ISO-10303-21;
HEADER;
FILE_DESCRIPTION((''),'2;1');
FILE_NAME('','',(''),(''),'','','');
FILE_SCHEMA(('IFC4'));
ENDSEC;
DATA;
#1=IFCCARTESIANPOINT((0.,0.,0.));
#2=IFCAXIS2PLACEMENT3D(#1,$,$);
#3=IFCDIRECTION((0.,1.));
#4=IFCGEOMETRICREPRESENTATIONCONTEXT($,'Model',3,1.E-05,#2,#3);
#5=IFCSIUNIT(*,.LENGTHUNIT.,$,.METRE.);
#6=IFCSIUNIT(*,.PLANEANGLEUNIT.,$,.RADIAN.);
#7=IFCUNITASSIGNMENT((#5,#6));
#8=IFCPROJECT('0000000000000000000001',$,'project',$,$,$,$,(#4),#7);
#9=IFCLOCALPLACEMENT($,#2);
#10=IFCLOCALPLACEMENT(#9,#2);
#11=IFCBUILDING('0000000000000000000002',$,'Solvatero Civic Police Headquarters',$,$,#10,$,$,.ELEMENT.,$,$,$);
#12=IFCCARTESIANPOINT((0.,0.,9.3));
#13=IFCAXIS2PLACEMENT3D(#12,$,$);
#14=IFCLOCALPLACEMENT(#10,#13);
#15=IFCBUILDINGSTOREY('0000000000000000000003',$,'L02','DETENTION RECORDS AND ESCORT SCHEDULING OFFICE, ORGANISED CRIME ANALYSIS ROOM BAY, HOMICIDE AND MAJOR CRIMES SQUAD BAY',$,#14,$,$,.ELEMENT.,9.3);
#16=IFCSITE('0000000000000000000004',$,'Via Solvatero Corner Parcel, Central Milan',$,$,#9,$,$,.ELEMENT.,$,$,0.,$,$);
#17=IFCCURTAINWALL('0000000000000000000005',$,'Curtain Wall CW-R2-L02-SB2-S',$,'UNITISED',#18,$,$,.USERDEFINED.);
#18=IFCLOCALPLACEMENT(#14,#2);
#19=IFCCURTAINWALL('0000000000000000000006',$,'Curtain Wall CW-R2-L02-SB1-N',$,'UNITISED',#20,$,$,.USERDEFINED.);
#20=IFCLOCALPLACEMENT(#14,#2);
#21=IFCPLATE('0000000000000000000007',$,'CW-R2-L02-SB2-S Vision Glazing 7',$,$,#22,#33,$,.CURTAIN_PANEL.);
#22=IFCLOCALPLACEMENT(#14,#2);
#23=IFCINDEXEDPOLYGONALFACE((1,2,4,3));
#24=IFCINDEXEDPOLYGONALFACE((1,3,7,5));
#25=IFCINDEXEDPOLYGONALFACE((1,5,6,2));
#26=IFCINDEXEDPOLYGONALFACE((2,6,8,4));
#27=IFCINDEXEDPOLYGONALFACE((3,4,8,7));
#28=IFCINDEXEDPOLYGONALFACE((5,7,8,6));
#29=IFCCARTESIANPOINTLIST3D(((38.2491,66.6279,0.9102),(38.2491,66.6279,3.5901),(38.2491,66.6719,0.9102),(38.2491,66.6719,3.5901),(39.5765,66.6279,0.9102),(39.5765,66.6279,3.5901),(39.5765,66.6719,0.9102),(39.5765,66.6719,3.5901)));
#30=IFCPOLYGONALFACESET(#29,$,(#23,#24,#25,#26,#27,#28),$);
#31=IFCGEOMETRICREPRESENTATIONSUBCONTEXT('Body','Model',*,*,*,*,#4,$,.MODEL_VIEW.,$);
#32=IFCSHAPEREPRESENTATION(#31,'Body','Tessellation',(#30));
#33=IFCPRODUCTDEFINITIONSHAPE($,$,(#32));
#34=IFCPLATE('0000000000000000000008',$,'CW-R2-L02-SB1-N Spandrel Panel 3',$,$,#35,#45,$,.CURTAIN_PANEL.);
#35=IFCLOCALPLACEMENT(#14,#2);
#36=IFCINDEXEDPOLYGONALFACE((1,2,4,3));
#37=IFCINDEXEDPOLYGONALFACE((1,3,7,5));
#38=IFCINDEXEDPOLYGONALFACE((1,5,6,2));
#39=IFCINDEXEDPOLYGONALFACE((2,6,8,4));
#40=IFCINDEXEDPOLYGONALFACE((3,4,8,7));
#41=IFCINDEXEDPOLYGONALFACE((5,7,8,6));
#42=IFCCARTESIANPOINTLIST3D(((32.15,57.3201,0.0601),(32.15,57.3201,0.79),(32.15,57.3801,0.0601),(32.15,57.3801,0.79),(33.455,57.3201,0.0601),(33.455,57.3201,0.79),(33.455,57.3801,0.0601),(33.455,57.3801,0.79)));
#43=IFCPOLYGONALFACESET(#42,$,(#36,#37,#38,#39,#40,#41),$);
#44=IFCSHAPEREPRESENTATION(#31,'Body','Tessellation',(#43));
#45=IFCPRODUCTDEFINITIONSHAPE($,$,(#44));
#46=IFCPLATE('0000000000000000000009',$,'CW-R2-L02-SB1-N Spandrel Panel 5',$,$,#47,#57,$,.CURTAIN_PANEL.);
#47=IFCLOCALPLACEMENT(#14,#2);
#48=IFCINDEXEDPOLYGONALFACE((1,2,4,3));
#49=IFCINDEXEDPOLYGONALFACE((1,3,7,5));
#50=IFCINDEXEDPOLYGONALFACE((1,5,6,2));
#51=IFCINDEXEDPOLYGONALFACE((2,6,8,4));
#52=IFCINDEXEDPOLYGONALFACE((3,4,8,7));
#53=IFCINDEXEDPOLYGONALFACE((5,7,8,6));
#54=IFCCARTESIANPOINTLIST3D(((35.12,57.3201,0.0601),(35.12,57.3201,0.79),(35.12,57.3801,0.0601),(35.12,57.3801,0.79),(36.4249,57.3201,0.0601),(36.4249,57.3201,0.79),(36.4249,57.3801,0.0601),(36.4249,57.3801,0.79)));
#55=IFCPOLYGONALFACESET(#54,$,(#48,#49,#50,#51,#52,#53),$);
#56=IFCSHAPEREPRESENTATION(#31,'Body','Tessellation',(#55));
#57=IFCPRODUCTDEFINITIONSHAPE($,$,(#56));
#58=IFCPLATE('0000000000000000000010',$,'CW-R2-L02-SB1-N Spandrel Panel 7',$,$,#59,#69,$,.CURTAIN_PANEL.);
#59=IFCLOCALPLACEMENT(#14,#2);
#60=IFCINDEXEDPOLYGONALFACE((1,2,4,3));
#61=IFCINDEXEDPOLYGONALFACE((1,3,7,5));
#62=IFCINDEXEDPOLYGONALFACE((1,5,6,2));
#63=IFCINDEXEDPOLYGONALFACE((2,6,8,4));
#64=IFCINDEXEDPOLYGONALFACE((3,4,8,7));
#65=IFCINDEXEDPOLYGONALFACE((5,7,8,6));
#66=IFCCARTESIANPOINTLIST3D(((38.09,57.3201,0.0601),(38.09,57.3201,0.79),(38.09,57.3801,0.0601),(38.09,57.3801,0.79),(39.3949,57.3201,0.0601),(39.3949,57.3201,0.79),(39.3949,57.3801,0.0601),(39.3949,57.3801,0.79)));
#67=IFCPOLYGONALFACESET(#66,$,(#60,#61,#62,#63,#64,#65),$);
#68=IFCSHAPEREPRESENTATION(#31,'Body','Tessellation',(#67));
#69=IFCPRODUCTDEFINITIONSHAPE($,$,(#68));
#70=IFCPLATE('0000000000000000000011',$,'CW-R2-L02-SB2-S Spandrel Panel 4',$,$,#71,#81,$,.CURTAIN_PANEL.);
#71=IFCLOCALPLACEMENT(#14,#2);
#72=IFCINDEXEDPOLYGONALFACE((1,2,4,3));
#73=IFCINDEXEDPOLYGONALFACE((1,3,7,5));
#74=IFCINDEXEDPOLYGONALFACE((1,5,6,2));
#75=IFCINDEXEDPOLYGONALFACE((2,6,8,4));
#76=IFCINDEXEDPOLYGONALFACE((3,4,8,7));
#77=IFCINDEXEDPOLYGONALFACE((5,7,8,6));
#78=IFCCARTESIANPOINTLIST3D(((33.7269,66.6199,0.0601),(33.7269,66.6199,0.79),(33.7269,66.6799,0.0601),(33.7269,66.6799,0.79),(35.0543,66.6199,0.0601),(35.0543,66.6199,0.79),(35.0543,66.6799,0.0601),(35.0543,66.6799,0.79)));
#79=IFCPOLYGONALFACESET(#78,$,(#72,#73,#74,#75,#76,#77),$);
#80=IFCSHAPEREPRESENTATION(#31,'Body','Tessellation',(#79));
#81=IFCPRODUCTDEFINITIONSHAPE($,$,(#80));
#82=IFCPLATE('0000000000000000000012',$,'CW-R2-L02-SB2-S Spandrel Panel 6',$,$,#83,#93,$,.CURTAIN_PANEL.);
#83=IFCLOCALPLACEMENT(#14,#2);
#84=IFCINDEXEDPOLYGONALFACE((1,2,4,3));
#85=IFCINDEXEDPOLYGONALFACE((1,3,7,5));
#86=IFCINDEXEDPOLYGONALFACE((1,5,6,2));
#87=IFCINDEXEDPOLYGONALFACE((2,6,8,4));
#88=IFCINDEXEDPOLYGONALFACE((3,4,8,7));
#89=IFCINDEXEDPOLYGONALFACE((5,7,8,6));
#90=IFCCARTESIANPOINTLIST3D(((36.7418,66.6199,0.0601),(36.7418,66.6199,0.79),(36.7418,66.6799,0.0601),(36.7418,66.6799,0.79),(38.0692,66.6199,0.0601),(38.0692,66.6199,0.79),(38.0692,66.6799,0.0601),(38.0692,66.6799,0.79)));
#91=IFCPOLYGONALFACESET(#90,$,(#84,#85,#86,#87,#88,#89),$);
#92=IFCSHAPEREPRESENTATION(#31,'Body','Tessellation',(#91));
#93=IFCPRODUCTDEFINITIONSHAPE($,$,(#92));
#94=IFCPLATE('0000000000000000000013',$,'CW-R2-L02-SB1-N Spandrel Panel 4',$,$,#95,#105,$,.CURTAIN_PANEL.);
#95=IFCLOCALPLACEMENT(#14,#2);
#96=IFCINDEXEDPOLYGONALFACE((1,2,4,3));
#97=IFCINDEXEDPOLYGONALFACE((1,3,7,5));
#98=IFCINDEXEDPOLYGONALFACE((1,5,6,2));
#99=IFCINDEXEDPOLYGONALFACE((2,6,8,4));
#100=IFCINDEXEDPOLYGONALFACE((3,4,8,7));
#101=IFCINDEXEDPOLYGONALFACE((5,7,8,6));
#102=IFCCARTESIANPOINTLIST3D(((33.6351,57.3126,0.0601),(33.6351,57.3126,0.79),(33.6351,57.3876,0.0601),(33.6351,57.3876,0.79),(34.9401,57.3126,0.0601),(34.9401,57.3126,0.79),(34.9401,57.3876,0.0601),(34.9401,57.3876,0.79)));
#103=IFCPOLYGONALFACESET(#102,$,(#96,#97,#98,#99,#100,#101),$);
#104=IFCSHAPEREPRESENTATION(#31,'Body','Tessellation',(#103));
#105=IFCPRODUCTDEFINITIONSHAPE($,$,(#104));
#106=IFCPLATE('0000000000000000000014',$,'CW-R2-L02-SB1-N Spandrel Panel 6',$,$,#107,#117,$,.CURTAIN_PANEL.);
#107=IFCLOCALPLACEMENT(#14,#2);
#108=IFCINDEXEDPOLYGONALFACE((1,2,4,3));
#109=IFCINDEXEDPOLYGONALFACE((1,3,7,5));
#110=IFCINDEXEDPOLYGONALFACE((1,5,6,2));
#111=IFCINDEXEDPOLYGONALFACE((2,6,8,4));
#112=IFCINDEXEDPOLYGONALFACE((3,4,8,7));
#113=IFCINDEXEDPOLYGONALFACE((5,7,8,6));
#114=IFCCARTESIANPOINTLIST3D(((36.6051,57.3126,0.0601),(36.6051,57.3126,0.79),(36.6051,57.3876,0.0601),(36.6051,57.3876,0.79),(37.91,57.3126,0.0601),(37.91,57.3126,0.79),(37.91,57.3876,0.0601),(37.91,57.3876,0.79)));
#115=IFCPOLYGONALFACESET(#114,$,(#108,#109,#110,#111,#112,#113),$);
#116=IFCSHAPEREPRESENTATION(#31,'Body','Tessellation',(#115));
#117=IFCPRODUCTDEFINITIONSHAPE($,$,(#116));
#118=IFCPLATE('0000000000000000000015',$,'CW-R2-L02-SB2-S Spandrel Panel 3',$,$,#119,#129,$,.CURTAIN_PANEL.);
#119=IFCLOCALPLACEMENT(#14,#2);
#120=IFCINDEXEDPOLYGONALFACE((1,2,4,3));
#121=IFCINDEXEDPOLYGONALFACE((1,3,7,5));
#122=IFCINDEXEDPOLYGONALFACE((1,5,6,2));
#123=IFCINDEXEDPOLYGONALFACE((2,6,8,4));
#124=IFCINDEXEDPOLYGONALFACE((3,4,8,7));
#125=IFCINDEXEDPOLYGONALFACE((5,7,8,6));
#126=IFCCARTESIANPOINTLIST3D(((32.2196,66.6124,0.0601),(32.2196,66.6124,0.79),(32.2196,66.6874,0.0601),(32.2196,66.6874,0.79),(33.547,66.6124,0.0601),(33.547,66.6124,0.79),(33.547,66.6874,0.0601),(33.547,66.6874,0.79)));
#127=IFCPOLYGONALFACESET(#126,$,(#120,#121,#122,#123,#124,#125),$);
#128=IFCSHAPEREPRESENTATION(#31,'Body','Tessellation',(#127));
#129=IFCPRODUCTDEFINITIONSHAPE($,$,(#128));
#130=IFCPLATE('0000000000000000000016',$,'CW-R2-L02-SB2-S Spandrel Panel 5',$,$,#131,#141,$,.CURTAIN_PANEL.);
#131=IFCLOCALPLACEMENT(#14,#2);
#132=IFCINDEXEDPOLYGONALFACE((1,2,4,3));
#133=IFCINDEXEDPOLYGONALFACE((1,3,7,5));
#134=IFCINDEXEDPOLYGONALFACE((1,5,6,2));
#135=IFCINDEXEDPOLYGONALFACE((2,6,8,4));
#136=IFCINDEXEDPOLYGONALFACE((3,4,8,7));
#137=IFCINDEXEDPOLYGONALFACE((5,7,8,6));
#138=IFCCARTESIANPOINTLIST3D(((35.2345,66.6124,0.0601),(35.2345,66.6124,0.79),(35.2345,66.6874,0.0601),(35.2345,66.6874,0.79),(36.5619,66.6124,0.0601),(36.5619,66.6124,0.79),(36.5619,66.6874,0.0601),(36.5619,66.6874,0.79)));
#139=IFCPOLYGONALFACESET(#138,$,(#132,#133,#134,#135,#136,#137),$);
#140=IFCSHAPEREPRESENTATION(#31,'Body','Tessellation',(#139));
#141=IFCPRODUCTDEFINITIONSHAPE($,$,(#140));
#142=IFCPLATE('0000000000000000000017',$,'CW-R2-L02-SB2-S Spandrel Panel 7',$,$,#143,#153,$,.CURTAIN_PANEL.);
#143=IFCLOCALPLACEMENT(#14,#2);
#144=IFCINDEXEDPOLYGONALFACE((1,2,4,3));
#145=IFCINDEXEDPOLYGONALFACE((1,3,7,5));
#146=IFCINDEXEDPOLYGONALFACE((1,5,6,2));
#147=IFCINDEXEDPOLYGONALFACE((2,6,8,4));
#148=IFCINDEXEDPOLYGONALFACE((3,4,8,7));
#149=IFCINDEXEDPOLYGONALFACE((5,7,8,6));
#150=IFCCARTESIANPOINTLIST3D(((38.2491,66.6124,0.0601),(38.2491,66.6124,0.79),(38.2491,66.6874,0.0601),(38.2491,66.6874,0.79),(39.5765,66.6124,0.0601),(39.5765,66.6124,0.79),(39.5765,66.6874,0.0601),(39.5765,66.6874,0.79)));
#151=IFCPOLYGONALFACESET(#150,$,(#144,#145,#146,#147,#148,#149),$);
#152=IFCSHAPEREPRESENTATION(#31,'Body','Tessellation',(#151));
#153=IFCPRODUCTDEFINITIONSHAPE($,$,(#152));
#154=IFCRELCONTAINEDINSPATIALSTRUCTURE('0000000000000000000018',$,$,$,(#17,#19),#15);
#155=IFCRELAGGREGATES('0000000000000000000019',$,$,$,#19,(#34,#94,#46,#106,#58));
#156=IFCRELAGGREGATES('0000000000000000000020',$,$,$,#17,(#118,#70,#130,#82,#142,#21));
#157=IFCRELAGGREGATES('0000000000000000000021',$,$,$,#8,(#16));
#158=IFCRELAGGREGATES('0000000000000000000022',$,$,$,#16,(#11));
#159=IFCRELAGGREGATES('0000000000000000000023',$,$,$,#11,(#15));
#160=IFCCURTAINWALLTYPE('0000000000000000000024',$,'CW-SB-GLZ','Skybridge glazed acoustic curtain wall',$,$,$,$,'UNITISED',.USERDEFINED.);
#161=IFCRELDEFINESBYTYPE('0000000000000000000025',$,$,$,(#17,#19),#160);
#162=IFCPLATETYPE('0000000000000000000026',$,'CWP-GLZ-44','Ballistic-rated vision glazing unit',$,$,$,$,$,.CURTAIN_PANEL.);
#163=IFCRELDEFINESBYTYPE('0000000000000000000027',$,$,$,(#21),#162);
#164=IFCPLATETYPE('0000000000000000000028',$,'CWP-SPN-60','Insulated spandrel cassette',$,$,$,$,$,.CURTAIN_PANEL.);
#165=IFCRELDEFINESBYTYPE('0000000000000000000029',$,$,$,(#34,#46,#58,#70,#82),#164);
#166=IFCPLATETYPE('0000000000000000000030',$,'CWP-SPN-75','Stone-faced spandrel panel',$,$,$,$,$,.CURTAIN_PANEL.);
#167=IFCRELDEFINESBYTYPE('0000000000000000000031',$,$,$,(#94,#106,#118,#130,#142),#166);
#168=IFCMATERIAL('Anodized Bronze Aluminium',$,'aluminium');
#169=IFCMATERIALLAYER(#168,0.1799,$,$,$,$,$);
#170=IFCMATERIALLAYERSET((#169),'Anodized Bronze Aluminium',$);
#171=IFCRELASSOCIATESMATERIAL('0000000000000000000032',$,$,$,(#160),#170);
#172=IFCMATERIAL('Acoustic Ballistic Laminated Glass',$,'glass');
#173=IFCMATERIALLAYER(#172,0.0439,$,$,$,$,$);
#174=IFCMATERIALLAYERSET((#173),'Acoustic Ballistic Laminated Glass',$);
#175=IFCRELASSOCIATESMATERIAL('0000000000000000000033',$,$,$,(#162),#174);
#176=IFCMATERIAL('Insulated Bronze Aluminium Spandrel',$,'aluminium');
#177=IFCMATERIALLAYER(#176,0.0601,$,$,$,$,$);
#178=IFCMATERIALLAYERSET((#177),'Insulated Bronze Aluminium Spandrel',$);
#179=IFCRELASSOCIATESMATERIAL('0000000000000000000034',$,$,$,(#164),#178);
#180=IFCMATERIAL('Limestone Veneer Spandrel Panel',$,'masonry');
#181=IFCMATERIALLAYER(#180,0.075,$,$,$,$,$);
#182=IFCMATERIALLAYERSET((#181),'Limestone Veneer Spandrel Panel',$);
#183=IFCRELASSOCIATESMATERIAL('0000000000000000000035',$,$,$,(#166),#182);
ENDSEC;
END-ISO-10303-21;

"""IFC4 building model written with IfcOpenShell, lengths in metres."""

from ifc_helpers import new_model, si_unit, direction, frame, origin, origin_2d, place, context, subcontext, project, spatial, rectangle, extrude, material, layer, layer_set, type_object, element, aggregate, save


model = new_model("IFC4")

# Units and contexts
model_context = context("Model", 3, precision=1e-05, world=origin(), true_north=direction((0.0, 1.0)))
body_context = subcontext(model_context, "Body", "Model", "MODEL_VIEW")
ifc_project = project(units=[si_unit("LENGTHUNIT", "METRE"), si_unit("PLANEANGLEUNIT", "RADIAN")], contexts=[model_context])

# Site, building, storey
site_placement = place(None, origin())
site = spatial("IfcSite", under=ifc_project, at=site_placement, Name="Via Solvatero Corner Parcel, Central Milan", CompositionType="ELEMENT", RefElevation=0.0)
building_placement = place(site_placement, origin())
building = spatial("IfcBuilding", under=site, at=building_placement, Name="Solvatero Civic Police Headquarters", CompositionType="ELEMENT")
storey_placement = place(building_placement, frame((0.0, 0.0, 9.3)))
storey = spatial("IfcBuildingStorey", under=building, at=storey_placement, Name="L02", Description="DETENTION RECORDS AND ESCORT SCHEDULING OFFICE, ORGANISED CRIME ANALYSIS ROOM BAY, HOMICIDE AND MAJOR CRIMES SQUAD BAY", CompositionType="ELEMENT", Elevation=9.3)

# Curtain wall
ifc_material_1 = material(Name="Anodized Bronze Aluminium", Category="aluminium")
ifc_layer_1 = layer(ifc_material_1, 0.1799)
ifc_layer_set_1 = layer_set([ifc_layer_1], Name="Anodized Bronze Aluminium")
curtain_wall_type = type_object("IfcCurtainWallType", Name="CW-SB-GLZ", Description="Skybridge glazed acoustic curtain wall", ElementType="UNITISED", PredefinedType="USERDEFINED", material=ifc_layer_set_1)
curtain_wall_1_placement = place(storey_placement, origin())
curtain_wall_1 = element("IfcCurtainWall", 1, at=curtain_wall_1_placement, inside=storey, type_object=curtain_wall_type, Name="Curtain Wall CW-R2-L02-SB2-S", ObjectType="UNITISED", PredefinedType="USERDEFINED")

# Curtain wall
curtain_wall_2_placement = place(storey_placement, origin())
curtain_wall_2 = element("IfcCurtainWall", 2, at=curtain_wall_2_placement, inside=storey, type_object=curtain_wall_type, Name="Curtain Wall CW-R2-L02-SB1-N", ObjectType="UNITISED", PredefinedType="USERDEFINED")

# Plates
ifc_material_2 = material(Name="Acoustic Ballistic Laminated Glass", Category="glass")
ifc_layer_2 = layer(ifc_material_2, 0.0439)
ifc_layer_set_2 = layer_set([ifc_layer_2], Name="Acoustic Ballistic Laminated Glass")
plate_type_1 = type_object("IfcPlateType", Name="CWP-GLZ-44", Description="Ballistic-rated vision glazing unit", PredefinedType="CURTAIN_PANEL", material=ifc_layer_set_2)
plate_1_placement = place(storey_placement, frame((38.9128, 66.6499, 0.9102), z_axis=(0.0, 0.0, 1.0), x_axis=(1.0, 0.0, 0.0)))
plate_1 = element("IfcPlate", 3, at=plate_1_placement, type_object=plate_type_1, Name="CW-R2-L02-SB2-S Vision Glazing 7", PredefinedType="CURTAIN_PANEL", context=body_context, shape_type="SweptSolid", body=[
    extrude(rectangle(XDim=1.3274, YDim=0.0439, at=origin_2d()), origin(), (0.0, 0.0, 1.0), 2.6799),
])
ifc_material_3 = material(Name="Insulated Bronze Aluminium Spandrel", Category="aluminium")
ifc_layer_3 = layer(ifc_material_3, 0.0601)
ifc_layer_set_3 = layer_set([ifc_layer_3], Name="Insulated Bronze Aluminium Spandrel")
plate_type_2 = type_object("IfcPlateType", Name="CWP-SPN-60", Description="Insulated spandrel cassette", PredefinedType="CURTAIN_PANEL", material=ifc_layer_set_3)
plate_2_placement = place(storey_placement, frame((32.8025, 57.3501, 0.0601), z_axis=(0.0, 0.0, 1.0), x_axis=(1.0, 0.0, 0.0)))
plate_2 = element("IfcPlate", 4, at=plate_2_placement, type_object=plate_type_2, Name="CW-R2-L02-SB1-N Spandrel Panel 3", PredefinedType="CURTAIN_PANEL", context=body_context, shape_type="SweptSolid", body=[
    extrude(rectangle(XDim=1.3049, YDim=0.0601, at=origin_2d()), origin(), (0.0, 0.0, 1.0), 0.73),
])
plate_3_placement = place(storey_placement, frame((35.7725, 57.3501, 0.0601), z_axis=(0.0, 0.0, 1.0), x_axis=(1.0, 0.0, 0.0)))
plate_3 = element("IfcPlate", 5, at=plate_3_placement, type_object=plate_type_2, Name="CW-R2-L02-SB1-N Spandrel Panel 5", PredefinedType="CURTAIN_PANEL", context=body_context, shape_type="SweptSolid", body=[
    extrude(rectangle(XDim=1.3049, YDim=0.0601, at=origin_2d()), origin(), (0.0, 0.0, 1.0), 0.73),
])
plate_4_placement = place(storey_placement, frame((38.7424, 57.3501, 0.0601), z_axis=(0.0, 0.0, 1.0), x_axis=(1.0, 0.0, 0.0)))
plate_4 = element("IfcPlate", 6, at=plate_4_placement, type_object=plate_type_2, Name="CW-R2-L02-SB1-N Spandrel Panel 7", PredefinedType="CURTAIN_PANEL", context=body_context, shape_type="SweptSolid", body=[
    extrude(rectangle(XDim=1.3049, YDim=0.0601, at=origin_2d()), origin(), (0.0, 0.0, 1.0), 0.73),
])
plate_5_placement = place(storey_placement, frame((34.3906, 66.6499, 0.0601), z_axis=(0.0, 0.0, 1.0), x_axis=(1.0, 0.0, 0.0)))
plate_5 = element("IfcPlate", 7, at=plate_5_placement, type_object=plate_type_2, Name="CW-R2-L02-SB2-S Spandrel Panel 4", PredefinedType="CURTAIN_PANEL", context=body_context, shape_type="SweptSolid", body=[
    extrude(rectangle(XDim=1.3274, YDim=0.0601, at=origin_2d()), origin(), (0.0, 0.0, 1.0), 0.73),
])
plate_6_placement = place(storey_placement, frame((37.4055, 66.6499, 0.0601), z_axis=(0.0, 0.0, 1.0), x_axis=(1.0, 0.0, 0.0)))
plate_6 = element("IfcPlate", 8, at=plate_6_placement, type_object=plate_type_2, Name="CW-R2-L02-SB2-S Spandrel Panel 6", PredefinedType="CURTAIN_PANEL", context=body_context, shape_type="SweptSolid", body=[
    extrude(rectangle(XDim=1.3274, YDim=0.0601, at=origin_2d()), origin(), (0.0, 0.0, 1.0), 0.73),
])
ifc_material_4 = material(Name="Limestone Veneer Spandrel Panel", Category="masonry")
ifc_layer_4 = layer(ifc_material_4, 0.075)
ifc_layer_set_4 = layer_set([ifc_layer_4], Name="Limestone Veneer Spandrel Panel")
plate_type_3 = type_object("IfcPlateType", Name="CWP-SPN-75", Description="Stone-faced spandrel panel", PredefinedType="CURTAIN_PANEL", material=ifc_layer_set_4)
plate_7_placement = place(storey_placement, frame((34.2876, 57.3501, 0.0601), z_axis=(0.0, 0.0, 1.0), x_axis=(1.0, 0.0, 0.0)))
plate_7 = element("IfcPlate", 9, at=plate_7_placement, type_object=plate_type_3, Name="CW-R2-L02-SB1-N Spandrel Panel 4", PredefinedType="CURTAIN_PANEL", context=body_context, shape_type="SweptSolid", body=[
    extrude(rectangle(XDim=1.3049, YDim=0.075, at=origin_2d()), origin(), (0.0, 0.0, 1.0), 0.73),
])
plate_8_placement = place(storey_placement, frame((37.2576, 57.3501, 0.0601), z_axis=(0.0, 0.0, 1.0), x_axis=(1.0, 0.0, 0.0)))
plate_8 = element("IfcPlate", 10, at=plate_8_placement, type_object=plate_type_3, Name="CW-R2-L02-SB1-N Spandrel Panel 6", PredefinedType="CURTAIN_PANEL", context=body_context, shape_type="SweptSolid", body=[
    extrude(rectangle(XDim=1.3049, YDim=0.075, at=origin_2d()), origin(), (0.0, 0.0, 1.0), 0.73),
])
aggregate(curtain_wall_2, [plate_2, plate_7, plate_3, plate_8, plate_4])
plate_9_placement = place(storey_placement, frame((32.8833, 66.6499, 0.0601), z_axis=(0.0, 0.0, 1.0), x_axis=(1.0, 0.0, 0.0)))
plate_9 = element("IfcPlate", 11, at=plate_9_placement, type_object=plate_type_3, Name="CW-R2-L02-SB2-S Spandrel Panel 3", PredefinedType="CURTAIN_PANEL", context=body_context, shape_type="SweptSolid", body=[
    extrude(rectangle(XDim=1.3274, YDim=0.075, at=origin_2d()), origin(), (0.0, 0.0, 1.0), 0.73),
])
plate_10_placement = place(storey_placement, frame((35.8982, 66.6499, 0.0601), z_axis=(0.0, 0.0, 1.0), x_axis=(1.0, 0.0, 0.0)))
plate_10 = element("IfcPlate", 12, at=plate_10_placement, type_object=plate_type_3, Name="CW-R2-L02-SB2-S Spandrel Panel 5", PredefinedType="CURTAIN_PANEL", context=body_context, shape_type="SweptSolid", body=[
    extrude(rectangle(XDim=1.3274, YDim=0.075, at=origin_2d()), origin(), (0.0, 0.0, 1.0), 0.73),
])
plate_11_placement = place(storey_placement, frame((38.9128, 66.6499, 0.0601), z_axis=(0.0, 0.0, 1.0), x_axis=(1.0, 0.0, 0.0)))
plate_11 = element("IfcPlate", 13, at=plate_11_placement, type_object=plate_type_3, Name="CW-R2-L02-SB2-S Spandrel Panel 7", PredefinedType="CURTAIN_PANEL", context=body_context, shape_type="SweptSolid", body=[
    extrude(rectangle(XDim=1.3274, YDim=0.075, at=origin_2d()), origin(), (0.0, 0.0, 1.0), 0.73),
])
aggregate(curtain_wall_1, [plate_9, plate_5, plate_10, plate_6, plate_11, plate_1])

save(model, "model.ifc")
